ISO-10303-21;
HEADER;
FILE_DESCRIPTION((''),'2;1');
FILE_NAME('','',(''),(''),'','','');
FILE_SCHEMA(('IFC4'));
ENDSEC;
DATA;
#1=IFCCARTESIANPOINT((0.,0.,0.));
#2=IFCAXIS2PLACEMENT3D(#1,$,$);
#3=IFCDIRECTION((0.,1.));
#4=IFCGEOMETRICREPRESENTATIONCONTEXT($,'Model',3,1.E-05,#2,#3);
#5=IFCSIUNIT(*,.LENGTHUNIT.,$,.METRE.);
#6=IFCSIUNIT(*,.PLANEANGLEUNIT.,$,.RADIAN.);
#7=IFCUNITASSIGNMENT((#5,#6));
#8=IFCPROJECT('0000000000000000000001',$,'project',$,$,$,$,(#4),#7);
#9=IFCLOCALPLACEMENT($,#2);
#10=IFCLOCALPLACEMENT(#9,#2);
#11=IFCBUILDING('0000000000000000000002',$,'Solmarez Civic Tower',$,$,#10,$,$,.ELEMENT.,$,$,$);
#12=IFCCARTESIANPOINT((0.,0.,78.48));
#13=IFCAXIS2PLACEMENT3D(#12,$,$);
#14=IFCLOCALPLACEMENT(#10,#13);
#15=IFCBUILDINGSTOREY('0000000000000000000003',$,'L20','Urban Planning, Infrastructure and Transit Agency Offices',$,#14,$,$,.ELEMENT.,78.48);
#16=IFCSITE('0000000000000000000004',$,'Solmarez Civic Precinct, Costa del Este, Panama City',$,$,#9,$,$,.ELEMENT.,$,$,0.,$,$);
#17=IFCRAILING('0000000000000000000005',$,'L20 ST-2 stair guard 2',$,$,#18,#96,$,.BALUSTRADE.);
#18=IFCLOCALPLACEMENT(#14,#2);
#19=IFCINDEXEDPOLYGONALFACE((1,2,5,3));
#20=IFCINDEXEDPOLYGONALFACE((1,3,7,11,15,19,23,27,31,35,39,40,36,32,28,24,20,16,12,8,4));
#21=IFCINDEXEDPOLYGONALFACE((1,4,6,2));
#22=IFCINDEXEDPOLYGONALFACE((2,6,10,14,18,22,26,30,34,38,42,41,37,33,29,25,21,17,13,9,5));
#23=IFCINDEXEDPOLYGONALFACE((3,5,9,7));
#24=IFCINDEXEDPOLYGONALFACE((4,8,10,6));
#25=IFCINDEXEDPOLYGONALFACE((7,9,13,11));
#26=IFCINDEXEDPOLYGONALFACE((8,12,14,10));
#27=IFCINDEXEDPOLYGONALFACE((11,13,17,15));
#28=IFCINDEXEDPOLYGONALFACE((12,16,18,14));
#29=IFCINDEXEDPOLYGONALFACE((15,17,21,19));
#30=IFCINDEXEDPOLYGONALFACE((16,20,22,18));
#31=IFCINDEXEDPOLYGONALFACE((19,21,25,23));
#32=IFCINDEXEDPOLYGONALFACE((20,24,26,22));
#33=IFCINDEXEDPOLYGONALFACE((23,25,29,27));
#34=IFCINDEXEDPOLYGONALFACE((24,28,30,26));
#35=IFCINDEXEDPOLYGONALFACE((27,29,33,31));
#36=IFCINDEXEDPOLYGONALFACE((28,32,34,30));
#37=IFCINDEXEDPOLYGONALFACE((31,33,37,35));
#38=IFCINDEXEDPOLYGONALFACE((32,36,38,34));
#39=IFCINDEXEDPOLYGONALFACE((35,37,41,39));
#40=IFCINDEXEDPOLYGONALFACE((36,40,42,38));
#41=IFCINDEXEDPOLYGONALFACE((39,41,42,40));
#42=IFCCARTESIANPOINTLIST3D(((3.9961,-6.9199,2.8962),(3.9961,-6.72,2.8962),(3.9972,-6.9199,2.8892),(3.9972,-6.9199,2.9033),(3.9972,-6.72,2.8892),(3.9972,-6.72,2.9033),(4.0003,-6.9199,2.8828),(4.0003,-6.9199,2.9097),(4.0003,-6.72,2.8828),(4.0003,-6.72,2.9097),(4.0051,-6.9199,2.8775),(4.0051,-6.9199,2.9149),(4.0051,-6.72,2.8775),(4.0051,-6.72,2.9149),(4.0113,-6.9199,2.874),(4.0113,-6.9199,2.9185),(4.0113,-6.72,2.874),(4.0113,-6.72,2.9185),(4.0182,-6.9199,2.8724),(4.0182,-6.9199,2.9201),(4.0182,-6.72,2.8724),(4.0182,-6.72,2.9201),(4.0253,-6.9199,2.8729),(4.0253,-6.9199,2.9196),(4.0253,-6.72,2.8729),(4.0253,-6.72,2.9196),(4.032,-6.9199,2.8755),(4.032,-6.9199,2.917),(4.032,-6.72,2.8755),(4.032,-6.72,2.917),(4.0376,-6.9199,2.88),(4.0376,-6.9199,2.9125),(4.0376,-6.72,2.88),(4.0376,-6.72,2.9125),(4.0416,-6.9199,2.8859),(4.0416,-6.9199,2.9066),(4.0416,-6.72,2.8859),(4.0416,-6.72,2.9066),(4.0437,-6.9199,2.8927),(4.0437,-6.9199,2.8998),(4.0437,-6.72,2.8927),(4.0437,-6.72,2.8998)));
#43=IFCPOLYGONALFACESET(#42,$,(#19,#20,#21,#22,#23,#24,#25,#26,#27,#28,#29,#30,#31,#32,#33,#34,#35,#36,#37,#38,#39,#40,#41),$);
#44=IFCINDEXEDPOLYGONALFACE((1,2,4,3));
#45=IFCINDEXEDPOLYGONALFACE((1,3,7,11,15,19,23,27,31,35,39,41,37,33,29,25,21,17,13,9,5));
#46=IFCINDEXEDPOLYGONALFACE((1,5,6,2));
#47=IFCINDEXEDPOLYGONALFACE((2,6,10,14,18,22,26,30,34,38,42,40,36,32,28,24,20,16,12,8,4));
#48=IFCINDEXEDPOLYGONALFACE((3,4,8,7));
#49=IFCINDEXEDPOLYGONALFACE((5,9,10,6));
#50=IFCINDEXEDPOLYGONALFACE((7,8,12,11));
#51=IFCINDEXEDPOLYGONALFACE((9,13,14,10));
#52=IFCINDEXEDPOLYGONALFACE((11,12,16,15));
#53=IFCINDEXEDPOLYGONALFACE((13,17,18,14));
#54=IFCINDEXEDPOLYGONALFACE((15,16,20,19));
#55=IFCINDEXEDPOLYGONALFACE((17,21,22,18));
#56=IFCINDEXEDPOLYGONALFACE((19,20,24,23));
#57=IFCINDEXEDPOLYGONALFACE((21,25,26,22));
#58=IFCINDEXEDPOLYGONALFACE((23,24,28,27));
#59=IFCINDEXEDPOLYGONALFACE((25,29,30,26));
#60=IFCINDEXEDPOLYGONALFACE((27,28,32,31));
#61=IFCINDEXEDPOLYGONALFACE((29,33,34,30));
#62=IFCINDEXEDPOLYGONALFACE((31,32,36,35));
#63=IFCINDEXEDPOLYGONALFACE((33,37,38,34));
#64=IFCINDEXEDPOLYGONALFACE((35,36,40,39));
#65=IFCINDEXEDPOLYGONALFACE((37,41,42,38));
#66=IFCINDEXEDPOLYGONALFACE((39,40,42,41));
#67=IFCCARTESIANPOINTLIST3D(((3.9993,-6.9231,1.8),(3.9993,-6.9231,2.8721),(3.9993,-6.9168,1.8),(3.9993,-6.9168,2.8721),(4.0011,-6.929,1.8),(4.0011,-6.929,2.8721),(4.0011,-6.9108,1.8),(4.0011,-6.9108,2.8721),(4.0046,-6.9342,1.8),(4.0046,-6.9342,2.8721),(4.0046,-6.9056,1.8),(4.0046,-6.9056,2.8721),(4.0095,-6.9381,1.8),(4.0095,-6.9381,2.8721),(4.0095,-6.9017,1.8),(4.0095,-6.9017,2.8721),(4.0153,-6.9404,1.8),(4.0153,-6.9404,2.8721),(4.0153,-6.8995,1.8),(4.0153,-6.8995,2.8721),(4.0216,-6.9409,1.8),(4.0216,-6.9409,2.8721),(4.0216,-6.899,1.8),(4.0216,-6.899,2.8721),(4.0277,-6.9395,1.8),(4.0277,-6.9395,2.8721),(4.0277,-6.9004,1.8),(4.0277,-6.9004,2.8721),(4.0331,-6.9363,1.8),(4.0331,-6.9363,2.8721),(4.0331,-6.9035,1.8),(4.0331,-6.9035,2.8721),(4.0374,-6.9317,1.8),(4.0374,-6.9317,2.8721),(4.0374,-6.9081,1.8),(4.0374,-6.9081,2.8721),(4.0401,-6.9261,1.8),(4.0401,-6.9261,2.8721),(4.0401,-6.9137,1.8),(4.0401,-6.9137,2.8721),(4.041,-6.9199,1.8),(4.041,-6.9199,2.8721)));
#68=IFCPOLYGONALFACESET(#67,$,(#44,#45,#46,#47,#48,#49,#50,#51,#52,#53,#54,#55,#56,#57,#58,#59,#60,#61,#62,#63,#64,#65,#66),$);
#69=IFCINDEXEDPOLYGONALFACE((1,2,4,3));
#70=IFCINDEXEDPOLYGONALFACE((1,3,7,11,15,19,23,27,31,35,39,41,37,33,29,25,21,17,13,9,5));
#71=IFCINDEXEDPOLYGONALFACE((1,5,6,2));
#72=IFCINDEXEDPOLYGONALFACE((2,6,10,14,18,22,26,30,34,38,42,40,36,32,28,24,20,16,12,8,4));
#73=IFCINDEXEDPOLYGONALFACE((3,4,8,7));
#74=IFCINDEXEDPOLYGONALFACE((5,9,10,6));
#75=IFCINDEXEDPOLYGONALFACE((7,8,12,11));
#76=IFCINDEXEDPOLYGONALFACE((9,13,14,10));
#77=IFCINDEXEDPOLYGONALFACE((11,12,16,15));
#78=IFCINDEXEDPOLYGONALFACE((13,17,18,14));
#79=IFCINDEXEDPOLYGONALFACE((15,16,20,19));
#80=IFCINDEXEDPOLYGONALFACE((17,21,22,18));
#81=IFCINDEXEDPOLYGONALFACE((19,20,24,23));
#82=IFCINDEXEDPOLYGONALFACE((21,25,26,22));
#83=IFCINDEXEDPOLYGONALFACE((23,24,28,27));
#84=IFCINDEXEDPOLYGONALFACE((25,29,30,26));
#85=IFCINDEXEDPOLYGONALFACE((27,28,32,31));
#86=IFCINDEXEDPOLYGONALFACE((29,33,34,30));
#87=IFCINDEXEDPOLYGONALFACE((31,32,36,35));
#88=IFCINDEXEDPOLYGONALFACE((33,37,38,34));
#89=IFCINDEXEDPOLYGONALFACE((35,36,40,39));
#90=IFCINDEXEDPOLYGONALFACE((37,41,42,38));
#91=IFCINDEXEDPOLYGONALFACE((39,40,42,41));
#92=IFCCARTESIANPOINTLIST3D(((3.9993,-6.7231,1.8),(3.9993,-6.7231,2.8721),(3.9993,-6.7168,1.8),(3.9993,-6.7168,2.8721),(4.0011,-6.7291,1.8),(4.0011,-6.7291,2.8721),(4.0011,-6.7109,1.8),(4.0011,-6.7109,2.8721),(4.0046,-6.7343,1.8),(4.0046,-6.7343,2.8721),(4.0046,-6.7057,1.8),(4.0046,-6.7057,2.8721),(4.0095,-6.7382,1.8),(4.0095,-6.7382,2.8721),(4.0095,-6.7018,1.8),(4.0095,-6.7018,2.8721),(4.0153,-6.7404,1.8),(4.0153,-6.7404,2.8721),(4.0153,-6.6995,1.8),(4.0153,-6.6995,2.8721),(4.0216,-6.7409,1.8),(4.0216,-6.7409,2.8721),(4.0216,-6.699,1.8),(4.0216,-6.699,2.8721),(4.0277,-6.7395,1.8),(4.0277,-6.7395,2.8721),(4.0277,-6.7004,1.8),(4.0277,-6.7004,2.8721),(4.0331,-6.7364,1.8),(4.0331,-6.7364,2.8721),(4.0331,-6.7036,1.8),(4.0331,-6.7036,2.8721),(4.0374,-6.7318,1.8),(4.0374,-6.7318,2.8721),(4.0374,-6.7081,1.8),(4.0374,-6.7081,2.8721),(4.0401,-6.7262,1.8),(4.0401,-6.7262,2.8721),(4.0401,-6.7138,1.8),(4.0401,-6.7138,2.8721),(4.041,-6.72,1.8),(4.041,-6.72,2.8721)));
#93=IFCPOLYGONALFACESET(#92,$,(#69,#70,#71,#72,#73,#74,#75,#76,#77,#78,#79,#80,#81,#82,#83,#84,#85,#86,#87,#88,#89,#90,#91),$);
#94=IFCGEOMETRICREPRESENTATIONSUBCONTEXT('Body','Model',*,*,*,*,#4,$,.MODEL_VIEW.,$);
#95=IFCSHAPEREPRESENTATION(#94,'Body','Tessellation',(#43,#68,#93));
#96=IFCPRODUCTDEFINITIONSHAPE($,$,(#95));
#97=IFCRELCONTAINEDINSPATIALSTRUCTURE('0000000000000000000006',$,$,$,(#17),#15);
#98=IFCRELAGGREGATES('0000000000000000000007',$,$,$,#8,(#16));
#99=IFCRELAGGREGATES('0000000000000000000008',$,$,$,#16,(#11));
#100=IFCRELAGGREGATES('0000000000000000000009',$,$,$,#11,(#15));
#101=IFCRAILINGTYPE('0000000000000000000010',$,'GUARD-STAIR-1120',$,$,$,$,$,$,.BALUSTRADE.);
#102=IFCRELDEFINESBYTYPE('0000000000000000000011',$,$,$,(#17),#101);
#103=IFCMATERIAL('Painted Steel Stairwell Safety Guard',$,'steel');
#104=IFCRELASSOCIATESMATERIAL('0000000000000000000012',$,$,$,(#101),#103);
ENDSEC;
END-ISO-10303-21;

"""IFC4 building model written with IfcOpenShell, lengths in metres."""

from ifc_helpers import new_model, si_unit, direction, frame, origin, origin_2d, place, context, subcontext, project, spatial, circle, extrude, material, type_object, element, save


model = new_model("IFC4")

# Units and contexts
model_context = context("Model", 3, precision=1e-05, world=origin(), true_north=direction((0.0, 1.0)))
body_context = subcontext(model_context, "Body", "Model", "MODEL_VIEW")
ifc_project = project(units=[si_unit("LENGTHUNIT", "METRE"), si_unit("PLANEANGLEUNIT", "RADIAN")], contexts=[model_context])

# Site, building, storey
site_placement = place(None, origin())
site = spatial("IfcSite", under=ifc_project, at=site_placement, Name="Solmarez Civic Precinct, Costa del Este, Panama City", CompositionType="ELEMENT", RefElevation=0.0)
building_placement = place(site_placement, origin())
building = spatial("IfcBuilding", under=site, at=building_placement, Name="Solmarez Civic Tower", CompositionType="ELEMENT")
storey_placement = place(building_placement, frame((0.0, 0.0, 78.48)))
storey = spatial("IfcBuildingStorey", under=building, at=storey_placement, Name="L20", Description="Urban Planning, Infrastructure and Transit Agency Offices", CompositionType="ELEMENT", Elevation=78.48)

# Railing
ifc_material_1 = material(Name="Painted Steel Stairwell Safety Guard", Category="steel")
railing_type_1 = type_object("IfcRailingType", Name="GUARD-STAIR-1120", PredefinedType="BALUSTRADE", material=ifc_material_1)
railing_1_placement = place(storey_placement, frame((4.02, -6.9199, 1.8)))
element("IfcRailing", 1, at=railing_1_placement, inside=storey, type_object=railing_type_1, Name="L20 ST-2 stair guard 2", PredefinedType="BALUSTRADE", context=body_context, shape_type="SweptSolid", body=[
    extrude(circle(Radius=0.0239, at=origin_2d()), frame((0.0, 0.0, 1.0962), z_axis=(0.0, 1.0, 0.0), x_axis=(-1.0, 0.0, 0.0)), (0.0, 0.0, 1.0), 0.2),
    extrude(circle(Radius=0.021, at=origin_2d()), origin(), (0.0, 0.0, 1.0), 1.072),
    extrude(circle(Radius=0.021, at=origin_2d()), frame((0.0, 0.2, 0.0)), (0.0, 0.0, 1.0), 1.072),
])

save(model, "model.ifc")
